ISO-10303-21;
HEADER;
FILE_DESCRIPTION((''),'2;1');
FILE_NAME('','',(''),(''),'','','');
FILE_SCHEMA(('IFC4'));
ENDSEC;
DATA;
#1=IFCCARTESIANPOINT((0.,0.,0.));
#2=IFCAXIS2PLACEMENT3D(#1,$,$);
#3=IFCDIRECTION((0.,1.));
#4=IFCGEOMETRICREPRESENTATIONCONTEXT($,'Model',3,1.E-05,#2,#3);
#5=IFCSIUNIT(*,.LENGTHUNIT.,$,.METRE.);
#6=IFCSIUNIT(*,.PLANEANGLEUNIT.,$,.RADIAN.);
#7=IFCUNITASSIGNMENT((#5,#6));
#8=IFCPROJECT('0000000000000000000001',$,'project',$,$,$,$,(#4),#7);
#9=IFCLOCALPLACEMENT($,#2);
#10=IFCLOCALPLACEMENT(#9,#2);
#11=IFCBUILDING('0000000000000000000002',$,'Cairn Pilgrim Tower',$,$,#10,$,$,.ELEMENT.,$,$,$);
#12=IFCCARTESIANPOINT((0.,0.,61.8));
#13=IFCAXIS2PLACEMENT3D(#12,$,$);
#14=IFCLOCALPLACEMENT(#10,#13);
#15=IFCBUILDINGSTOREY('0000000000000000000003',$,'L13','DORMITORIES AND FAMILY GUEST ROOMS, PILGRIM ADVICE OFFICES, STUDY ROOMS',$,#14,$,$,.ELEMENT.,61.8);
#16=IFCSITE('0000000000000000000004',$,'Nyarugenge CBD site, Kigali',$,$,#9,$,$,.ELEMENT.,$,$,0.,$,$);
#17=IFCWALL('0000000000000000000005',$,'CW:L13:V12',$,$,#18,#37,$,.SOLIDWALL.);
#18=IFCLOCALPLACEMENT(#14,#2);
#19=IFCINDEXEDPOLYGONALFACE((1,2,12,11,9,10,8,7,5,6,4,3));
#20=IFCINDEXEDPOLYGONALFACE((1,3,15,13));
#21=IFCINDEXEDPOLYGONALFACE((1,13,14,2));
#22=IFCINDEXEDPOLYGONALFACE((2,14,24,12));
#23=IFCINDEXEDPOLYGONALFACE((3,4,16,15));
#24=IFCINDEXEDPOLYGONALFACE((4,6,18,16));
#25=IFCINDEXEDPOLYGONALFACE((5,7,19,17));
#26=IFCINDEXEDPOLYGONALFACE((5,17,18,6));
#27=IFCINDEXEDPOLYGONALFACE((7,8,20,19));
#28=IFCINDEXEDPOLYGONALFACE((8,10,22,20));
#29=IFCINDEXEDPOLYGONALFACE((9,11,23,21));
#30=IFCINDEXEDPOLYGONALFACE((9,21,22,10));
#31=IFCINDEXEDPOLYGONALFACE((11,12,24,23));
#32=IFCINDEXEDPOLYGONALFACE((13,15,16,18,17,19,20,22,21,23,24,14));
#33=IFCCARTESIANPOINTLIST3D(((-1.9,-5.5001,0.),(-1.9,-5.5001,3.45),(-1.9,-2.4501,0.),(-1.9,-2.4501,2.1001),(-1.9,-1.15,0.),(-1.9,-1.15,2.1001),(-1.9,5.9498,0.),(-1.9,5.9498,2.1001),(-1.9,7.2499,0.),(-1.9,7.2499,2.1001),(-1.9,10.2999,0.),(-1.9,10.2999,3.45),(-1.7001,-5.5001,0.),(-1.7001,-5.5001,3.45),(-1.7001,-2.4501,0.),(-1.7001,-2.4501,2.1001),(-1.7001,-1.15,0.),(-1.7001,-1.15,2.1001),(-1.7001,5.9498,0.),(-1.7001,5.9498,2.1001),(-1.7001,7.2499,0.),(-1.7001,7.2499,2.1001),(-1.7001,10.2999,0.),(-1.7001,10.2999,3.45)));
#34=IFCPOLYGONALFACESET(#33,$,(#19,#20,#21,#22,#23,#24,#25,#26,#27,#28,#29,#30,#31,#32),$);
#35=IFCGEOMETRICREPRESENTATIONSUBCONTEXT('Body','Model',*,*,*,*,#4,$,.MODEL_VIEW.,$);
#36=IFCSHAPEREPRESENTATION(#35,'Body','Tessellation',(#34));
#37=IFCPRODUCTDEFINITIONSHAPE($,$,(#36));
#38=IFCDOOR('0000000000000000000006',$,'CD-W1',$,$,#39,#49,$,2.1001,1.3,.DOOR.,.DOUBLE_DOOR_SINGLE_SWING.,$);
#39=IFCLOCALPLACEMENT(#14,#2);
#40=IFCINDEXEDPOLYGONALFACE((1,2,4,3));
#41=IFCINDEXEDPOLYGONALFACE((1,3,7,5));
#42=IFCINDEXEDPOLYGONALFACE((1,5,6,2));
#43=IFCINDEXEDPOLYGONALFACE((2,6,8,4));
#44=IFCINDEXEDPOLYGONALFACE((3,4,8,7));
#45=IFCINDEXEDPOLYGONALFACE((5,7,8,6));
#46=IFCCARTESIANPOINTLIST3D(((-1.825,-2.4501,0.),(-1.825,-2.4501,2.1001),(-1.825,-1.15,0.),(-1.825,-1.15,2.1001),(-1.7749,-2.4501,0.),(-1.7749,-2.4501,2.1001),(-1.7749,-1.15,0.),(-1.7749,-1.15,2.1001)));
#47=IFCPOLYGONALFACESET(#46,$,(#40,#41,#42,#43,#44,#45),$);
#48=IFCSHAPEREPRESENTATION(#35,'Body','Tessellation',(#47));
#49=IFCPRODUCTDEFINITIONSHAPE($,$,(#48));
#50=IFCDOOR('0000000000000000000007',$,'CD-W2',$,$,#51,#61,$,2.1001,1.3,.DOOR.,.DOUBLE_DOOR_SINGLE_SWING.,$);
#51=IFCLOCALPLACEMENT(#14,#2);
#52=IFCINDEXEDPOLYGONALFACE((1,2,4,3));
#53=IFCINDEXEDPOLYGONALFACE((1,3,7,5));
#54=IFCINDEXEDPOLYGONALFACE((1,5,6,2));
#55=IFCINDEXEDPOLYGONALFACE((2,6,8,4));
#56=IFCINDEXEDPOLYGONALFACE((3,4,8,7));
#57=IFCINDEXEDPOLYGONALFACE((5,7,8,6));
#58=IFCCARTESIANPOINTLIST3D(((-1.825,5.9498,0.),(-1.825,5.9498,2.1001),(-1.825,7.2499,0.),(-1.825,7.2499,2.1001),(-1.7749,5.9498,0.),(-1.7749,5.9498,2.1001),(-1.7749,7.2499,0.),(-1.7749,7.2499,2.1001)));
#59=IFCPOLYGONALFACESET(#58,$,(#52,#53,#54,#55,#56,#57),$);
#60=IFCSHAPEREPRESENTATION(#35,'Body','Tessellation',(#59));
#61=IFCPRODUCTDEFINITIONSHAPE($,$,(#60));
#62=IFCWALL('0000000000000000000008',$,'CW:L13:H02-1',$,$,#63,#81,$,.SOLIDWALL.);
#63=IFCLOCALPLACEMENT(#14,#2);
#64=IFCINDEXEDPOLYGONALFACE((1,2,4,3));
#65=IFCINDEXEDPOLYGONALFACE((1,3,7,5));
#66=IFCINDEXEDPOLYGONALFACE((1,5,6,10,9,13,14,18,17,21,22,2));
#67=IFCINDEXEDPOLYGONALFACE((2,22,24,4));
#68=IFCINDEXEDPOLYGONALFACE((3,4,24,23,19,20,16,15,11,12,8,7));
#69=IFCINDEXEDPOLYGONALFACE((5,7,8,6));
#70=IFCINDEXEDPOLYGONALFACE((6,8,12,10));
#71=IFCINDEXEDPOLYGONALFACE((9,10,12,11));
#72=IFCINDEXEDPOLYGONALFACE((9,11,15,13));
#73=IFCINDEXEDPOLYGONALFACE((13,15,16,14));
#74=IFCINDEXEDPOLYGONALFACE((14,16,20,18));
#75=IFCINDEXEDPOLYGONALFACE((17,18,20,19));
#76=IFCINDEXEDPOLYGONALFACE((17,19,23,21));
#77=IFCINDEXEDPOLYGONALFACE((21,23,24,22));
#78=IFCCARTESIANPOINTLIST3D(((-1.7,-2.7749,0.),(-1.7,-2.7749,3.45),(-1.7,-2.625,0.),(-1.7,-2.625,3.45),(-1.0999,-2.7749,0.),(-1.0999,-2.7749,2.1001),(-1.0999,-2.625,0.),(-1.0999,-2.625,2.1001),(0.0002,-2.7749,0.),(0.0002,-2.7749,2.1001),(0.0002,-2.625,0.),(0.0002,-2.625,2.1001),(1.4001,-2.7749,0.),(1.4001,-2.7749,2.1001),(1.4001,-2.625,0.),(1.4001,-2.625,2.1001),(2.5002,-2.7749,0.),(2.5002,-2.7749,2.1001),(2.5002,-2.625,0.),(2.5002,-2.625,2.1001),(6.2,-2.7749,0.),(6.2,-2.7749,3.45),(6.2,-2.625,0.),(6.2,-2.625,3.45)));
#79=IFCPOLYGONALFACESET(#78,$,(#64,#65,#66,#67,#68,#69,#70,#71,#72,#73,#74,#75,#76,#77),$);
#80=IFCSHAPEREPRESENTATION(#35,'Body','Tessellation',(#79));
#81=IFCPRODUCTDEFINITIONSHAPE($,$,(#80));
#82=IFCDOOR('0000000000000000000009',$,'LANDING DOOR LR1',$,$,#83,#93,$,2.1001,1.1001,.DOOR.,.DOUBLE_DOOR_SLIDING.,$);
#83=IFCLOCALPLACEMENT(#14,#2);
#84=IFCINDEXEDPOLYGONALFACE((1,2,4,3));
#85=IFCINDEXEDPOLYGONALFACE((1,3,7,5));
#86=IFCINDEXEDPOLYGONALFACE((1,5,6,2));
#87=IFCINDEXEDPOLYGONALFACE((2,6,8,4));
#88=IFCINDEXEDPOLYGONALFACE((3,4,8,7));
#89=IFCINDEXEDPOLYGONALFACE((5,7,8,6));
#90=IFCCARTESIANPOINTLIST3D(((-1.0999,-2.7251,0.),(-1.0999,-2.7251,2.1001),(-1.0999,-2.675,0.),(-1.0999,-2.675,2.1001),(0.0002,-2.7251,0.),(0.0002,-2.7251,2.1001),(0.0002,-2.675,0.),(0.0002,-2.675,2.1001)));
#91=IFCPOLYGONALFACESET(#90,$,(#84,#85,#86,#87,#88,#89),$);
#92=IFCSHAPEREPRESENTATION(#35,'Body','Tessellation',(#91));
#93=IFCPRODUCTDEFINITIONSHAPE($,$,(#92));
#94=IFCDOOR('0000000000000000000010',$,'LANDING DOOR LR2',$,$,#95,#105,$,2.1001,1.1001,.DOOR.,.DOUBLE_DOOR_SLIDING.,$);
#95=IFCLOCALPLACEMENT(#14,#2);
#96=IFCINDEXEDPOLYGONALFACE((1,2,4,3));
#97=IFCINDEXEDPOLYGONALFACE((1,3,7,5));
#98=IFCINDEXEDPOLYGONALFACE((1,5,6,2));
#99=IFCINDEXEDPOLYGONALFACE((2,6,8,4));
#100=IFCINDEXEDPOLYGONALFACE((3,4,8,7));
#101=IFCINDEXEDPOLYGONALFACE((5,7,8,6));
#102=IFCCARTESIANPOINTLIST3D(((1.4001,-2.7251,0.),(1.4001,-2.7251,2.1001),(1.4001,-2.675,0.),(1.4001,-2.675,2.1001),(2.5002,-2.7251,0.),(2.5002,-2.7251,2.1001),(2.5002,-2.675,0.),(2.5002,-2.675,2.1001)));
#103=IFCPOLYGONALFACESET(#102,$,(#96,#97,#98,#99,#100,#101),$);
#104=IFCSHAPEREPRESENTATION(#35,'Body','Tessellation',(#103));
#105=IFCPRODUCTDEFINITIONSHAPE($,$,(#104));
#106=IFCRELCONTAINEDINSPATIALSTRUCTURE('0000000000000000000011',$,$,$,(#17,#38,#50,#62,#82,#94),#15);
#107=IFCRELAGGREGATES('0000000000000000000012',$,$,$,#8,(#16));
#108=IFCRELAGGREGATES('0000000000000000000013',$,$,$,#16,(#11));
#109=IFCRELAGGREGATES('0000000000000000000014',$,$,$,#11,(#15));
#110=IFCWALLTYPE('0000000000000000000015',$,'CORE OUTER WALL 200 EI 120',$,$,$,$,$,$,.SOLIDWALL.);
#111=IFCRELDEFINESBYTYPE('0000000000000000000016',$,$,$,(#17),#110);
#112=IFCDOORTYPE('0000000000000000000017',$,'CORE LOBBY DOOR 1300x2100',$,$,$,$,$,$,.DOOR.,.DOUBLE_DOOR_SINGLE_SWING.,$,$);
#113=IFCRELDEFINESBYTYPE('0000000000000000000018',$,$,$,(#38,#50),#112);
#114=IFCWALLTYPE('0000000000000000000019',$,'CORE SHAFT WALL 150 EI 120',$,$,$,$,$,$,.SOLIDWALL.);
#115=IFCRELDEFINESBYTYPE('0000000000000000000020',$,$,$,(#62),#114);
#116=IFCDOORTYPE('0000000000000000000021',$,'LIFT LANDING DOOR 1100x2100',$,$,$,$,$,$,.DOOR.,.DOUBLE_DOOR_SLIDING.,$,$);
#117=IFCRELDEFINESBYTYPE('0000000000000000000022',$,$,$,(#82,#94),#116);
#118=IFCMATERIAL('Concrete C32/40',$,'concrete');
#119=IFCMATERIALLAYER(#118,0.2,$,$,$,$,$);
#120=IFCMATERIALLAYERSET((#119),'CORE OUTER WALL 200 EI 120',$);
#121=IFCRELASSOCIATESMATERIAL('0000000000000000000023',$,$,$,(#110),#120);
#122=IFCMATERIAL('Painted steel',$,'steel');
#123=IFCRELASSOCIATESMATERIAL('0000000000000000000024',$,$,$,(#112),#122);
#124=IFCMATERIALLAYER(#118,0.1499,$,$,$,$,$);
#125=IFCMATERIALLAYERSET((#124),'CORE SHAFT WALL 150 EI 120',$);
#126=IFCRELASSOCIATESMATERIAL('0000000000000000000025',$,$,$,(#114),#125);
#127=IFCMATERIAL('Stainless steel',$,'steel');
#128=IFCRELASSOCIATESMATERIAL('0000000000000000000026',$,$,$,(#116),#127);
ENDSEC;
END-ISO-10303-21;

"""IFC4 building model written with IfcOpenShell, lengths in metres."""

from ifc_helpers import new_model, si_unit, direction, frame, frame_2d, origin, place, context, subcontext, project, spatial, rectangle, extrude, material, layer, layer_set, type_object, element, fill, save


model = new_model("IFC4")

# Units and contexts
model_context = context("Model", 3, precision=1e-05, world=origin(), true_north=direction((0.0, 1.0)))
body_context = subcontext(model_context, "Body", "Model", "MODEL_VIEW")
ifc_project = project(units=[si_unit("LENGTHUNIT", "METRE"), si_unit("PLANEANGLEUNIT", "RADIAN")], contexts=[model_context])

# Site, building, storey
site_placement = place(None, origin())
site = spatial("IfcSite", under=ifc_project, at=site_placement, Name="Nyarugenge CBD site, Kigali", CompositionType="ELEMENT", RefElevation=0.0)
building_placement = place(site_placement, origin())
building = spatial("IfcBuilding", under=site, at=building_placement, Name="Cairn Pilgrim Tower", CompositionType="ELEMENT")
storey_placement = place(building_placement, frame((0.0, 0.0, 61.8)))
storey = spatial("IfcBuildingStorey", under=building, at=storey_placement, Name="L13", Description="DORMITORIES AND FAMILY GUEST ROOMS, PILGRIM ADVICE OFFICES, STUDY ROOMS", CompositionType="ELEMENT", Elevation=61.8)

# Shared definitions
ifc_material_1 = material(Name="Concrete C32/40", Category="concrete")
ifc_layer_1 = layer(ifc_material_1, 0.2)
ifc_layer_set_1 = layer_set([ifc_layer_1], Name="CORE OUTER WALL 200 EI 120")
wall_type_1 = type_object("IfcWallType", Name="CORE OUTER WALL 200 EI 120", PredefinedType="SOLIDWALL", material=ifc_layer_set_1)

# Walls, openings, doors
wall_1_placement = place(storey_placement, frame((-1.8, -5.5, 0.0), z_axis=(0.0, 0.0, 1.0), x_axis=(0.0, 1.0, 0.0)))
wall_1 = element("IfcWall", 1, at=wall_1_placement, inside=storey, type_object=wall_type_1, Name="CW:L13:V12", PredefinedType="SOLIDWALL", context=body_context, shape_type="SweptSolid", body=[
    extrude(rectangle(XDim=15.8, YDim=0.2, at=frame_2d((7.8999, 0.0))), origin(), (0.0, 0.0, 1.0), 3.45),
])
opening_1_placement = place(wall_1_placement, frame((3.05, 0.0, 0.0)))
opening_1 = element("IfcOpeningElement", 2, at=opening_1_placement, cuts=wall_1, PredefinedType="OPENING", context=body_context, shape_type="SweptSolid", body=[
    extrude(rectangle(XDim=1.3, YDim=2.1001, at=frame_2d((0.6499, 1.05))), frame((0.0, 0.1099, 0.0), z_axis=(0.0, -1.0, 0.0), x_axis=(1.0, 0.0, 0.0)), (0.0, 0.0, 1.0), 0.22),
])
opening_2_placement = place(wall_1_placement, frame((11.45, 0.0, 0.0)))
opening_2 = element("IfcOpeningElement", 3, at=opening_2_placement, cuts=wall_1, PredefinedType="OPENING", context=body_context, shape_type="SweptSolid", body=[
    extrude(rectangle(XDim=1.3, YDim=2.1001, at=frame_2d((0.6499, 1.05))), frame((0.0, 0.1099, 0.0), z_axis=(0.0, -1.0, 0.0), x_axis=(1.0, 0.0, 0.0)), (0.0, 0.0, 1.0), 0.22),
])
ifc_material_2 = material(Name="Painted steel", Category="steel")
door_type_1 = type_object("IfcDoorType", Name="CORE LOBBY DOOR 1300x2100", OperationType="DOUBLE_DOOR_SINGLE_SWING", PredefinedType="DOOR", material=ifc_material_2)
door_1_placement = place(opening_1_placement, origin())
door_1 = element("IfcDoor", 4, at=door_1_placement, inside=storey, type_object=door_type_1, Name="CD-W1", OperationType="DOUBLE_DOOR_SINGLE_SWING", OverallHeight=2.1001, OverallWidth=1.3, PredefinedType="DOOR", context=body_context, shape_type="SweptSolid", body=[
    extrude(rectangle(XDim=1.3, YDim=2.1001, at=frame_2d((0.6499, 1.05))), frame((0.0, 0.0249, 0.0), z_axis=(0.0, -1.0, 0.0), x_axis=(1.0, 0.0, 0.0)), (0.0, 0.0, 1.0), 0.05),
])
fill(opening_1, door_1)
door_2_placement = place(opening_2_placement, origin())
door_2 = element("IfcDoor", 5, at=door_2_placement, inside=storey, type_object=door_type_1, Name="CD-W2", OperationType="DOUBLE_DOOR_SINGLE_SWING", OverallHeight=2.1001, OverallWidth=1.3, PredefinedType="DOOR", context=body_context, shape_type="SweptSolid", body=[
    extrude(rectangle(XDim=1.3, YDim=2.1001, at=frame_2d((0.6499, 1.05))), frame((0.0, 0.0249, 0.0), z_axis=(0.0, -1.0, 0.0), x_axis=(1.0, 0.0, 0.0)), (0.0, 0.0, 1.0), 0.05),
])
fill(opening_2, door_2)
ifc_layer_2 = layer(ifc_material_1, 0.1499)
ifc_layer_set_2 = layer_set([ifc_layer_2], Name="CORE SHAFT WALL 150 EI 120")
wall_type_2 = type_object("IfcWallType", Name="CORE SHAFT WALL 150 EI 120", PredefinedType="SOLIDWALL", material=ifc_layer_set_2)
wall_2_placement = place(storey_placement, frame((-1.7, -2.7, 0.0), z_axis=(0.0, 0.0, 1.0), x_axis=(1.0, 0.0, 0.0)))
wall_2 = element("IfcWall", 6, at=wall_2_placement, inside=storey, type_object=wall_type_2, Name="CW:L13:H02-1", PredefinedType="SOLIDWALL", context=body_context, shape_type="SweptSolid", body=[
    extrude(rectangle(XDim=7.8999, YDim=0.1499, at=frame_2d((3.95, 0.0))), origin(), (0.0, 0.0, 1.0), 3.45),
])
opening_3_placement = place(wall_2_placement, frame((0.6001, 0.0, 0.0)))
opening_3 = element("IfcOpeningElement", 7, at=opening_3_placement, cuts=wall_2, PredefinedType="OPENING", context=body_context, shape_type="SweptSolid", body=[
    extrude(rectangle(XDim=1.1001, YDim=2.1001, at=frame_2d((0.55, 1.05))), frame((0.0, 0.085, 0.0), z_axis=(0.0, -1.0, 0.0), x_axis=(1.0, 0.0, 0.0)), (0.0, 0.0, 1.0), 0.1699),
])
opening_4_placement = place(wall_2_placement, frame((3.1001, 0.0, 0.0)))
opening_4 = element("IfcOpeningElement", 8, at=opening_4_placement, cuts=wall_2, PredefinedType="OPENING", context=body_context, shape_type="SweptSolid", body=[
    extrude(rectangle(XDim=1.1001, YDim=2.1001, at=frame_2d((0.55, 1.05))), frame((0.0, 0.085, 0.0), z_axis=(0.0, -1.0, 0.0), x_axis=(1.0, 0.0, 0.0)), (0.0, 0.0, 1.0), 0.1699),
])
ifc_material_3 = material(Name="Stainless steel", Category="steel")
door_type_2 = type_object("IfcDoorType", Name="LIFT LANDING DOOR 1100x2100", OperationType="DOUBLE_DOOR_SLIDING", PredefinedType="DOOR", material=ifc_material_3)
door_3_placement = place(opening_3_placement, origin())
door_3 = element("IfcDoor", 9, at=door_3_placement, inside=storey, type_object=door_type_2, Name="LANDING DOOR LR1", OperationType="DOUBLE_DOOR_SLIDING", OverallHeight=2.1001, OverallWidth=1.1001, PredefinedType="DOOR", context=body_context, shape_type="SweptSolid", body=[
    extrude(rectangle(XDim=1.1001, YDim=2.1001, at=frame_2d((0.55, 1.05))), frame((0.0, 0.0249, 0.0), z_axis=(0.0, -1.0, 0.0), x_axis=(1.0, 0.0, 0.0)), (0.0, 0.0, 1.0), 0.05),
])
fill(opening_3, door_3)
door_4_placement = place(opening_4_placement, origin())
door_4 = element("IfcDoor", 10, at=door_4_placement, inside=storey, type_object=door_type_2, Name="LANDING DOOR LR2", OperationType="DOUBLE_DOOR_SLIDING", OverallHeight=2.1001, OverallWidth=1.1001, PredefinedType="DOOR", context=body_context, shape_type="SweptSolid", body=[
    extrude(rectangle(XDim=1.1001, YDim=2.1001, at=frame_2d((0.55, 1.05))), frame((0.0, 0.0249, 0.0), z_axis=(0.0, -1.0, 0.0), x_axis=(1.0, 0.0, 0.0)), (0.0, 0.0, 1.0), 0.05),
])
fill(opening_4, door_4)

save(model, "model.ifc")
